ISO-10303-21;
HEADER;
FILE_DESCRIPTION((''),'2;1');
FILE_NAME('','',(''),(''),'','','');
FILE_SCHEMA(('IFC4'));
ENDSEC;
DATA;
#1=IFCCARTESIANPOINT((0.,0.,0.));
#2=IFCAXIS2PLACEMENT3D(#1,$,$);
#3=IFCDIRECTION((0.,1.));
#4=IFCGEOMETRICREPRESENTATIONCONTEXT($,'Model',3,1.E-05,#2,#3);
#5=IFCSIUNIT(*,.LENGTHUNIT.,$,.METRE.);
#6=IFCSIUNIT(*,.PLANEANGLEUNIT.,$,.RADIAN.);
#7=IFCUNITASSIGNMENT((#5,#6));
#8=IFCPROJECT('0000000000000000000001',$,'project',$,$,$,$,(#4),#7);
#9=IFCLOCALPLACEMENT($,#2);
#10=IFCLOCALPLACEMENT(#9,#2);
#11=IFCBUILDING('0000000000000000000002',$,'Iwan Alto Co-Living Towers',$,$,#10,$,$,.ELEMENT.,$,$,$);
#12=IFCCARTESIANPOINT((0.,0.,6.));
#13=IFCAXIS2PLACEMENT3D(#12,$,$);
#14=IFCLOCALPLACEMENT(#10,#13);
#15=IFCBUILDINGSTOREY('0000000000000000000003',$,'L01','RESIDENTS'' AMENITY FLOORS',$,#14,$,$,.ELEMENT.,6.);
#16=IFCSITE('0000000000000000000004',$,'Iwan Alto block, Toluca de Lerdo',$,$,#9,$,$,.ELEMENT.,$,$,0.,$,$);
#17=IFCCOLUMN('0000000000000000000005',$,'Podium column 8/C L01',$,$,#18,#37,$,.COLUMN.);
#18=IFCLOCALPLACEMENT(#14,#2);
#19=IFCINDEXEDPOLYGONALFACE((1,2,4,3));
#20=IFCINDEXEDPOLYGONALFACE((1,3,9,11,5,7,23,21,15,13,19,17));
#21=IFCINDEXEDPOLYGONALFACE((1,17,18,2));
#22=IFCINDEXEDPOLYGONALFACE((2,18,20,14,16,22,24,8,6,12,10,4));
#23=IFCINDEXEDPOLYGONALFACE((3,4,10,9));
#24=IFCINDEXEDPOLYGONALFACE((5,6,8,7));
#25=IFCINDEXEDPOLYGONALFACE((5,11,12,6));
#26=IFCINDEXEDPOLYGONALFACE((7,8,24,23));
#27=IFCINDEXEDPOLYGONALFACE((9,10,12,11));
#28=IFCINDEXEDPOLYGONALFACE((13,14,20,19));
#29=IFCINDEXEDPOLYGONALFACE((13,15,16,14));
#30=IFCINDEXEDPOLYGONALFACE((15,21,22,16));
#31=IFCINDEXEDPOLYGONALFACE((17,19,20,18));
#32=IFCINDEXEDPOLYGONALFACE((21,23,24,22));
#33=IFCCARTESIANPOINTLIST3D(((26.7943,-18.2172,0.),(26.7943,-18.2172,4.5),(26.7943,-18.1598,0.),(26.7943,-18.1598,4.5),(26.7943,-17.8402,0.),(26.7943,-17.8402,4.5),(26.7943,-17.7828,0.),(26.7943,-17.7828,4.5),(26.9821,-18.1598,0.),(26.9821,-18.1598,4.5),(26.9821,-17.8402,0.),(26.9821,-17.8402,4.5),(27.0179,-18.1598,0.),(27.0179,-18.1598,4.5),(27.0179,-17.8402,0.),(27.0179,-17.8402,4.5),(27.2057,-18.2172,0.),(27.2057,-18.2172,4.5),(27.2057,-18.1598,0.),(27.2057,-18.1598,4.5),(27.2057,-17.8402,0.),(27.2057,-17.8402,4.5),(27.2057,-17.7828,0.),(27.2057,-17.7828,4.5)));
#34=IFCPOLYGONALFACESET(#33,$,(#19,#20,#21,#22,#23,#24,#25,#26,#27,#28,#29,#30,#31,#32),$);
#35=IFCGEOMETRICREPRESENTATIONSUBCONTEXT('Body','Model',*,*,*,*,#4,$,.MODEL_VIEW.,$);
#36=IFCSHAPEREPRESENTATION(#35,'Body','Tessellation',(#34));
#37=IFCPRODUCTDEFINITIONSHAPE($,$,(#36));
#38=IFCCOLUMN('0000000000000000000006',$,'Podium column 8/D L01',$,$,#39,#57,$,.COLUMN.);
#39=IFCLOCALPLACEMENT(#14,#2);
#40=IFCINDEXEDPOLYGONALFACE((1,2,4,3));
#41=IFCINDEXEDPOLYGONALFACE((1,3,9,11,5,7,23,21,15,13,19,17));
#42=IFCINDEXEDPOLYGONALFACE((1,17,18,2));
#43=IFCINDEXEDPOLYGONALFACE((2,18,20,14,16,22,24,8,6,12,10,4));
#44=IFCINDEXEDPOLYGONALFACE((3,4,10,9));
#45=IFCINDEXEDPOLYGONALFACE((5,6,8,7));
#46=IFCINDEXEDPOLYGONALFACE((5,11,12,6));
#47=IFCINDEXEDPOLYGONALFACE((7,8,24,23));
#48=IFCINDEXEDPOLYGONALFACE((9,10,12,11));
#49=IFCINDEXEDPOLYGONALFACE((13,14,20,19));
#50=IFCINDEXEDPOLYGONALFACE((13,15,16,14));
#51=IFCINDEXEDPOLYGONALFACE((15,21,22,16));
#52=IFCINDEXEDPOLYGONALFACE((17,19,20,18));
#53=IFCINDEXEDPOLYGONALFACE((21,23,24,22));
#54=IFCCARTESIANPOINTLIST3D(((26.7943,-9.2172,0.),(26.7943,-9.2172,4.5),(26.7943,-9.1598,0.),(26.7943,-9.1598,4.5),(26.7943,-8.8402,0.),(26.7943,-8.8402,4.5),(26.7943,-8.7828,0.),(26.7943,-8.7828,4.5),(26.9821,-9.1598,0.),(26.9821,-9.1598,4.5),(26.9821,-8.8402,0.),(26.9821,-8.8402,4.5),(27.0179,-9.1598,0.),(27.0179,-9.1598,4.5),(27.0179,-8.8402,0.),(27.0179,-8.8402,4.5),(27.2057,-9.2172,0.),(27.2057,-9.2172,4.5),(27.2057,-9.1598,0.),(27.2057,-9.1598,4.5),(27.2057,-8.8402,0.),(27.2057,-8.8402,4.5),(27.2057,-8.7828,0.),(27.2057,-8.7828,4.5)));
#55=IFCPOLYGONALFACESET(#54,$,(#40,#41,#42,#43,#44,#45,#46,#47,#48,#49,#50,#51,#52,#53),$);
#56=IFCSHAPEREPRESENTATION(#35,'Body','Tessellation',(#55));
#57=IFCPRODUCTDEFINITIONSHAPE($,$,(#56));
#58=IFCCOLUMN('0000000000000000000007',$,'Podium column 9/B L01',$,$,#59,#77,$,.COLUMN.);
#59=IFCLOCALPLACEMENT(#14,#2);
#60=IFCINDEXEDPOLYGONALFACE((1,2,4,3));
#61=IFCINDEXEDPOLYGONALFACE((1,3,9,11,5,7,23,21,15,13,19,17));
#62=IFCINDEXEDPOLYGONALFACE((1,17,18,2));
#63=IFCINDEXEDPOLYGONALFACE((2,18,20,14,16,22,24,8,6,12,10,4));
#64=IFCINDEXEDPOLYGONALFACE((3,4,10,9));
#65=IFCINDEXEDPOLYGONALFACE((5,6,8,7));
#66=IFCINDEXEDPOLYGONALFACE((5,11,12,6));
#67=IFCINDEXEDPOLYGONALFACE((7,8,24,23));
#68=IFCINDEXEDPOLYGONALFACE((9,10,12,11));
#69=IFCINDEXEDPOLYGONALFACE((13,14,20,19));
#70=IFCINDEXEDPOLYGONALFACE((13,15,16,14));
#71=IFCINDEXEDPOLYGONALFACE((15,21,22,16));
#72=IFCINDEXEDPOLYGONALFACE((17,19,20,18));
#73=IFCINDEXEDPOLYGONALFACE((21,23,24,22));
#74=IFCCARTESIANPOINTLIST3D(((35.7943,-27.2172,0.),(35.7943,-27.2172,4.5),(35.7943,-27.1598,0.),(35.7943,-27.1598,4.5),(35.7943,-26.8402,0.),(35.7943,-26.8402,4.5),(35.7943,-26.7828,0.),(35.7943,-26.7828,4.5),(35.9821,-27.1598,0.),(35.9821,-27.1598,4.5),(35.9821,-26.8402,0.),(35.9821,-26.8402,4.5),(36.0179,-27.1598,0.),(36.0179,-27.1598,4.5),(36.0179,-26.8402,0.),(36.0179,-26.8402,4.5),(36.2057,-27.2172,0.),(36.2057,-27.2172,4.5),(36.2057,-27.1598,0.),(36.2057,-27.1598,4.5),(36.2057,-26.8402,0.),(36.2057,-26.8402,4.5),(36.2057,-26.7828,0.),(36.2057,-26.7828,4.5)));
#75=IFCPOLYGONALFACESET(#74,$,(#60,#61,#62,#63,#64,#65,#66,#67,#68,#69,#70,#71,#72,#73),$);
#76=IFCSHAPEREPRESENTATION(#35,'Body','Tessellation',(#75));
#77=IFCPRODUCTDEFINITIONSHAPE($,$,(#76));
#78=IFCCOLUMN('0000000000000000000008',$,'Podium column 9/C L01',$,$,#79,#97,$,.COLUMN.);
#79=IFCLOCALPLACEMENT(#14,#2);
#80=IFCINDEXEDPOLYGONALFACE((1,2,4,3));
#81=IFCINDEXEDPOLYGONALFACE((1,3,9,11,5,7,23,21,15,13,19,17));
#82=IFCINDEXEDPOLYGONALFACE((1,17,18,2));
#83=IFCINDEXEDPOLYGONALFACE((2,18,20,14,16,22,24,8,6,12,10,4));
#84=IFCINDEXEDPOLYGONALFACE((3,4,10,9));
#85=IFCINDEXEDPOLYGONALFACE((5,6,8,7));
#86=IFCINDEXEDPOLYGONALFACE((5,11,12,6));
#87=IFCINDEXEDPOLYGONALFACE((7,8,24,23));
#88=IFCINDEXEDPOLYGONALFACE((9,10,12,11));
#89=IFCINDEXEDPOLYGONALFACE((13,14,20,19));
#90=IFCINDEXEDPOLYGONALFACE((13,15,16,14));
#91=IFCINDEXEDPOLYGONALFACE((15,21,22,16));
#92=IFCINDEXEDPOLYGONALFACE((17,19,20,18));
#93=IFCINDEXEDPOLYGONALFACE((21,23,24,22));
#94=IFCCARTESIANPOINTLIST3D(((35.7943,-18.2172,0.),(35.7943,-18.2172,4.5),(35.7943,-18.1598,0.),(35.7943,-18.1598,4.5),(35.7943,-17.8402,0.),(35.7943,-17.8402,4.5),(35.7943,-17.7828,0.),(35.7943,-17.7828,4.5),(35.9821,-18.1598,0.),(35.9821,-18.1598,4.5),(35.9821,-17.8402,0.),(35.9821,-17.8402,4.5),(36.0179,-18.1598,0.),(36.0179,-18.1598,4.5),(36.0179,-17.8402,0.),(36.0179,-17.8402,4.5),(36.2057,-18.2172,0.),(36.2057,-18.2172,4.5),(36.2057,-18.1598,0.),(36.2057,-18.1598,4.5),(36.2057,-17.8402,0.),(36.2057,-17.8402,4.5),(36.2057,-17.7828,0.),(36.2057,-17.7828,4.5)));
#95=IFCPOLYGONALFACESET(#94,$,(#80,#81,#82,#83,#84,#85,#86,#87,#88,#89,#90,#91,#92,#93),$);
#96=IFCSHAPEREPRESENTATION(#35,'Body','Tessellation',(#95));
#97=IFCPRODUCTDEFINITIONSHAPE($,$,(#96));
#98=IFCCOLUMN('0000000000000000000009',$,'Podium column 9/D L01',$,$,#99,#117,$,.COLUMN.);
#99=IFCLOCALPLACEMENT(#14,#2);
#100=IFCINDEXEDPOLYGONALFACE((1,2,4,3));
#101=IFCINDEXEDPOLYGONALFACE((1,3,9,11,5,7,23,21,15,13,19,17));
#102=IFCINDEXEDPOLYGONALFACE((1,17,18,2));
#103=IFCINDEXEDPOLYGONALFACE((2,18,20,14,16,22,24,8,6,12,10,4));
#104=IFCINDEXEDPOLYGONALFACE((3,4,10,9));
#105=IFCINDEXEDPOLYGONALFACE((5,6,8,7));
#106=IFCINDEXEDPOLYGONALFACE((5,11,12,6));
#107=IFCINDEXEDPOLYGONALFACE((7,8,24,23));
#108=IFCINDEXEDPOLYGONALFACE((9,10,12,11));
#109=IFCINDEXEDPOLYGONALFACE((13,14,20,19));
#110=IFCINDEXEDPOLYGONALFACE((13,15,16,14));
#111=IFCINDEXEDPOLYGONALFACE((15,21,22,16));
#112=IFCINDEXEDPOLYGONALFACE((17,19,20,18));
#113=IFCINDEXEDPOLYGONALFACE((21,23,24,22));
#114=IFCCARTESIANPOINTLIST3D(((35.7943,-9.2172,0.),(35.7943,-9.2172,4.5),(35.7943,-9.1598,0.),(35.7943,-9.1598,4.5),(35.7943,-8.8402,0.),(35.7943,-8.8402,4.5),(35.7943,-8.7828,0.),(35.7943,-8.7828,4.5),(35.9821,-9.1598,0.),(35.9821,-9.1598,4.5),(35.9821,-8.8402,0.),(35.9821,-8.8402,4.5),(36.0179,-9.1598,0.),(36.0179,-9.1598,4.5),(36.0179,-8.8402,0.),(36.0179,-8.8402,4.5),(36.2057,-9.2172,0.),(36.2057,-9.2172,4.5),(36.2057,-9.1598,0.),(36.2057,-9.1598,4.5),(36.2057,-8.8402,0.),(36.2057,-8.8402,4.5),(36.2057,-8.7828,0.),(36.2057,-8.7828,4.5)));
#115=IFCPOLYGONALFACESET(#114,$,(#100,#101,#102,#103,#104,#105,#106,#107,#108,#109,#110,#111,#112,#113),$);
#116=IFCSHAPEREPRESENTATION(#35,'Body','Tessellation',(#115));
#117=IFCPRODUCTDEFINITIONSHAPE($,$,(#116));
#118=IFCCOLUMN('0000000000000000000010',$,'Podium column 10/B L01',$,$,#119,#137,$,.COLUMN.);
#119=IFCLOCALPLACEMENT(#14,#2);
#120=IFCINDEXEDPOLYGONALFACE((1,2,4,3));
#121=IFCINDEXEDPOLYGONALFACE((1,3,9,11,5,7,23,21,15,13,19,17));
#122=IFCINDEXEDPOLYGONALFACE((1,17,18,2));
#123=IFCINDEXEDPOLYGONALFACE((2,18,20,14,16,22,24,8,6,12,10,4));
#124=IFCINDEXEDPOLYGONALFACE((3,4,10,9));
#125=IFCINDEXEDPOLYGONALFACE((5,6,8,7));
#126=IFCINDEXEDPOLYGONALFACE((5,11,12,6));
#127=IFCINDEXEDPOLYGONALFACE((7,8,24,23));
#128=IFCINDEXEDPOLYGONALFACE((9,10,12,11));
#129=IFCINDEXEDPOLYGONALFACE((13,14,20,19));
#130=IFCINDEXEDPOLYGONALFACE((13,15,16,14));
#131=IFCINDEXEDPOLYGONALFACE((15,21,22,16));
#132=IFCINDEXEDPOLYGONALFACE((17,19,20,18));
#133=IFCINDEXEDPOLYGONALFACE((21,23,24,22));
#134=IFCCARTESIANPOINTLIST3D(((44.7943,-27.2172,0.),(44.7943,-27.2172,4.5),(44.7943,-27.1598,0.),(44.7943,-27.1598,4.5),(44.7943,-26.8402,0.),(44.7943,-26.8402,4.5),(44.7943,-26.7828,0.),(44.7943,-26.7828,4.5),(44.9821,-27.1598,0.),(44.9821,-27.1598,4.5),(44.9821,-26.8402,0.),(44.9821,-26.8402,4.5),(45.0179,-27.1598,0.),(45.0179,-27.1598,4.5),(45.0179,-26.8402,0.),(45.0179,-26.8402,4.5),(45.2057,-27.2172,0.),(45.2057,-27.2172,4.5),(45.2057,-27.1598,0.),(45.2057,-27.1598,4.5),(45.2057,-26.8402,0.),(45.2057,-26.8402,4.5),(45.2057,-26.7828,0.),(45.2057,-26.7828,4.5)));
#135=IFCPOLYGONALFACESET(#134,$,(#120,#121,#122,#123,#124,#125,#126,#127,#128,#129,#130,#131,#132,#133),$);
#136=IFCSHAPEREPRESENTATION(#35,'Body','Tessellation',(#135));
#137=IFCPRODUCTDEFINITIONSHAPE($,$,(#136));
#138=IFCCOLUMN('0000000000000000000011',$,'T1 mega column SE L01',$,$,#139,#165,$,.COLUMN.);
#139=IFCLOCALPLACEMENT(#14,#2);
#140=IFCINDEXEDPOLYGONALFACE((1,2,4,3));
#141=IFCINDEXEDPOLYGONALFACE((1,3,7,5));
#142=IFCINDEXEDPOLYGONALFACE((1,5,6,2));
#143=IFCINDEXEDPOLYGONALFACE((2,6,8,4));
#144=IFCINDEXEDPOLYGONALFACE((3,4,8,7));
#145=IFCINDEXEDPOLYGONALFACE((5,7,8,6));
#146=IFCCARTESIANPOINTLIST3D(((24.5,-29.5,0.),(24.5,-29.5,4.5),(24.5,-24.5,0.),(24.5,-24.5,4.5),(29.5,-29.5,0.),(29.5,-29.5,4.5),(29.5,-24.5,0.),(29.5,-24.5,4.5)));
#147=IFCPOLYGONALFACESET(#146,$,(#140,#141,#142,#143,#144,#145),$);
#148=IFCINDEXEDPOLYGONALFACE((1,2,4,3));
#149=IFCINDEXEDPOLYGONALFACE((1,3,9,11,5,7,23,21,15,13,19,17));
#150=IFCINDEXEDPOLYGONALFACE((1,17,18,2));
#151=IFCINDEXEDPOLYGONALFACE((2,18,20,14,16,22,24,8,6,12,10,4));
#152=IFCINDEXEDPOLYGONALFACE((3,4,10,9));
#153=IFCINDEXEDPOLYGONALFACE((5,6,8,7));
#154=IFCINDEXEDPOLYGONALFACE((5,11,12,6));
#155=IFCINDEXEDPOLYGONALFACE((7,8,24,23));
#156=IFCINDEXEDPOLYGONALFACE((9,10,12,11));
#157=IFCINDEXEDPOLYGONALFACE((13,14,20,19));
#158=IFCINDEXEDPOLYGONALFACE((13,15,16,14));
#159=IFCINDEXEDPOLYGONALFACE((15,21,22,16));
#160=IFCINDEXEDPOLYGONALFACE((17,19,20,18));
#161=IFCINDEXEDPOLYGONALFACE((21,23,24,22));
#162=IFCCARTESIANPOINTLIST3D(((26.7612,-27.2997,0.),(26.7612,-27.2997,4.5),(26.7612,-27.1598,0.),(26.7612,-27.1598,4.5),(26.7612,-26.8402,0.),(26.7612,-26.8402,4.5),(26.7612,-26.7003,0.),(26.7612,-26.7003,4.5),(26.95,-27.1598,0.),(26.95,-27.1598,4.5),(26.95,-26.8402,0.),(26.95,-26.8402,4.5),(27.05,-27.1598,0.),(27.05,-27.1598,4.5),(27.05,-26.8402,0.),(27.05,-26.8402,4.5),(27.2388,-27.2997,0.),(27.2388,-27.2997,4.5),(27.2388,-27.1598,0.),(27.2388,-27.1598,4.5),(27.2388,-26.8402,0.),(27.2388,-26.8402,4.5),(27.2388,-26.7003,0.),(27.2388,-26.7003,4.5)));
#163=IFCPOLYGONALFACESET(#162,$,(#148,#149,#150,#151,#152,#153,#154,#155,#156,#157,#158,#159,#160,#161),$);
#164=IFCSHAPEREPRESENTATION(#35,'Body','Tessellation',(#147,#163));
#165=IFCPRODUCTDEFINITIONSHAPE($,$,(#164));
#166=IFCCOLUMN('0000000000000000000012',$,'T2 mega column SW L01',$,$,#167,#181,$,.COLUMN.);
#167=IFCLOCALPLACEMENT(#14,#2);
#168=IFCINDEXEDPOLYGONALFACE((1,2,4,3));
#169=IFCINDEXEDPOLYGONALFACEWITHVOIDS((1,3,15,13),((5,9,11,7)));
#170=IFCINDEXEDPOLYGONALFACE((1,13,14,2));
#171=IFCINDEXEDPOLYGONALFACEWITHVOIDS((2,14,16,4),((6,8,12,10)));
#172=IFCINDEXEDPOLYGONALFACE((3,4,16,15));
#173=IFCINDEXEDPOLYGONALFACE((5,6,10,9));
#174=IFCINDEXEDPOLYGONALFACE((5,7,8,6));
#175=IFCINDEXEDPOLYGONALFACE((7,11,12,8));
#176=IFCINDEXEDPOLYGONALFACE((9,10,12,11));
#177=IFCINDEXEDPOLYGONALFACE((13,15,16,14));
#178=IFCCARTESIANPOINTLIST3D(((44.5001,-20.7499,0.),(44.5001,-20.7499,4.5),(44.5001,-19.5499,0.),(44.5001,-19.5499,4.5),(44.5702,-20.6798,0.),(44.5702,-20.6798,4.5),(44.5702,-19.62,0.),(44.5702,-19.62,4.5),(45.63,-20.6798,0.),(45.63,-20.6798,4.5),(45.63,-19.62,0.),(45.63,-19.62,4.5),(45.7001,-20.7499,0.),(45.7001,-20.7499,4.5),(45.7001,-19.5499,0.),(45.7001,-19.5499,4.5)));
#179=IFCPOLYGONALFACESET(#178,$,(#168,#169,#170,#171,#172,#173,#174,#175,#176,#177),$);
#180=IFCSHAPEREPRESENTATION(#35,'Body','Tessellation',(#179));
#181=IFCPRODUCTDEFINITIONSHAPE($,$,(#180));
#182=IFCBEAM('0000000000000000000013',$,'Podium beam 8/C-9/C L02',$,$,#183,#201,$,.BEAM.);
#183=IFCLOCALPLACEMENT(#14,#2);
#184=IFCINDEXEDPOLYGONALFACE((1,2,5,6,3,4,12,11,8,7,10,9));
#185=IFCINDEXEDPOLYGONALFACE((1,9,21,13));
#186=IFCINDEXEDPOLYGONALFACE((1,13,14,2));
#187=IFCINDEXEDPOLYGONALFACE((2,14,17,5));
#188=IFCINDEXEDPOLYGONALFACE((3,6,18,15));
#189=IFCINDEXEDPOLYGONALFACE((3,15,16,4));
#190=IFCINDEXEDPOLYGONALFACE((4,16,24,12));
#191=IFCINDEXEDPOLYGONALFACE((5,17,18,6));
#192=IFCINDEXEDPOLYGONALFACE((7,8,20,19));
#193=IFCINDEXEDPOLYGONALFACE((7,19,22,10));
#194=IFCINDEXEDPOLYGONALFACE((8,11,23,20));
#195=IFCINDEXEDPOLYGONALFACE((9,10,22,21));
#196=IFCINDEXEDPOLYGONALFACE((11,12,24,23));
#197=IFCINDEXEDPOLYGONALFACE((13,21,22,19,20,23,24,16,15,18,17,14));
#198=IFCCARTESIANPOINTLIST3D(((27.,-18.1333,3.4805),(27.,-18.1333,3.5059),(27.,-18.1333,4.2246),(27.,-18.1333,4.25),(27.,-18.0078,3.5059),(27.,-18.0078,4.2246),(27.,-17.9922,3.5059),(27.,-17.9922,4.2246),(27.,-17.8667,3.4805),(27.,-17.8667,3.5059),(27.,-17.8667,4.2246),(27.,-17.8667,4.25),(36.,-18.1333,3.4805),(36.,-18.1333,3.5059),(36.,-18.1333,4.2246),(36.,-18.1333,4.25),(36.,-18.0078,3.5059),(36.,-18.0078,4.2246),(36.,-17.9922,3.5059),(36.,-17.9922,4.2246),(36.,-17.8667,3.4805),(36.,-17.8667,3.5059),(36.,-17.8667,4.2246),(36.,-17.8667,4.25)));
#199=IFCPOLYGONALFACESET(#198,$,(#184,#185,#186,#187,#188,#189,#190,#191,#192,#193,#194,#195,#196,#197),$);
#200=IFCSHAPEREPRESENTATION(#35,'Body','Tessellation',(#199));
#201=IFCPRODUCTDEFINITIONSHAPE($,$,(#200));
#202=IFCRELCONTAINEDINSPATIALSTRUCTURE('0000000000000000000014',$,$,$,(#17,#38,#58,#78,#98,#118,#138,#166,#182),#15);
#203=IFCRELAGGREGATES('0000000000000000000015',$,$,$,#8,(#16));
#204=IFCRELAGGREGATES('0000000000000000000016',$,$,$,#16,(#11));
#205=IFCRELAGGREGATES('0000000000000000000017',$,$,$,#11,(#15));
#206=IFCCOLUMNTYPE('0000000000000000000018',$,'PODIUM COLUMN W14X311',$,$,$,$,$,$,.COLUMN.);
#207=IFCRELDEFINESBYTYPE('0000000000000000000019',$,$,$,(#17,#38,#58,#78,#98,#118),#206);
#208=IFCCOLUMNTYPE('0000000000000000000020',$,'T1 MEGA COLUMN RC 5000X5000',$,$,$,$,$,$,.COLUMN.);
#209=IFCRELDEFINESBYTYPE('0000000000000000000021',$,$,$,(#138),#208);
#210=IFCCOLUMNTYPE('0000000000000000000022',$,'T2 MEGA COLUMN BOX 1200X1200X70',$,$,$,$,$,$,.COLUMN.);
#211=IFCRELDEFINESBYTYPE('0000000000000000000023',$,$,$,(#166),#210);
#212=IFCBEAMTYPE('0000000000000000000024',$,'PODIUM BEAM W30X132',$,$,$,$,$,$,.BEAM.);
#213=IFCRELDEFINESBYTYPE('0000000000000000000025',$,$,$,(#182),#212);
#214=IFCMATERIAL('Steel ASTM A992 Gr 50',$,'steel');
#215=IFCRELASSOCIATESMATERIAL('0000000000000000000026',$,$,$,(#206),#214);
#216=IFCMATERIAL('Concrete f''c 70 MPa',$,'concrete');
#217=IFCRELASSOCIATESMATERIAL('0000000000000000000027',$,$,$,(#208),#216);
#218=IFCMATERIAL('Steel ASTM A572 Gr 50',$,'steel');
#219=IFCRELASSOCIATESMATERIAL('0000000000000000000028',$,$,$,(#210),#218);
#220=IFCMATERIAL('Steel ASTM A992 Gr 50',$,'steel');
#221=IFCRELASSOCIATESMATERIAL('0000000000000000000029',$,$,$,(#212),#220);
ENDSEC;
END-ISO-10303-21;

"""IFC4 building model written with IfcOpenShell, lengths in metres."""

from ifc_helpers import new_model, si_unit, direction, frame, origin, origin_2d, place, context, subcontext, project, spatial, rectangle, hollow_rectangle, i_section, extrude, material, material_profile, profile_set, type_object, element, save


model = new_model("IFC4")

# Units and contexts
model_context = context("Model", 3, precision=1e-05, world=origin(), true_north=direction((0.0, 1.0)))
body_context = subcontext(model_context, "Body", "Model", "MODEL_VIEW")
ifc_project = project(units=[si_unit("LENGTHUNIT", "METRE"), si_unit("PLANEANGLEUNIT", "RADIAN")], contexts=[model_context])

# Site, building, storey
site_placement = place(None, origin())
site = spatial("IfcSite", under=ifc_project, at=site_placement, Name="Iwan Alto block, Toluca de Lerdo", CompositionType="ELEMENT", RefElevation=0.0)
building_placement = place(site_placement, origin())
building = spatial("IfcBuilding", under=site, at=building_placement, Name="Iwan Alto Co-Living Towers", CompositionType="ELEMENT")
storey_placement = place(building_placement, frame((0.0, 0.0, 6.0)))
storey = spatial("IfcBuildingStorey", under=building, at=storey_placement, Name="L01", Description="RESIDENTS' AMENITY FLOORS", CompositionType="ELEMENT", Elevation=6.0)

# Columns
ifc_material_1 = material(Name="Steel ASTM A992 Gr 50", Category="steel")
ifc_material_profile_1 = material_profile(ifc_material_1, i_section(OverallWidth=0.4114, OverallDepth=0.4343, WebThickness=0.0359, FlangeThickness=0.0574, at=origin_2d()), Name="W14X311")
ifc_profile_set_1 = profile_set([ifc_material_profile_1], Name="Steel ASTM A992 Gr 50")
column_type_1 = type_object("IfcColumnType", Name="PODIUM COLUMN W14X311", PredefinedType="COLUMN", material=ifc_profile_set_1)
for number, where, z_axis, x_axis, name in (
    (1, (27.0, -18.0, 0.0), (0.0, 0.0, 1.0), (1.0, 0.0, 0.0), "Podium column 8/C L01"),
    (2, (27.0, -9.0, 0.0), (0.0, 0.0, 1.0), (1.0, 0.0, 0.0), "Podium column 8/D L01"),
    (3, (36.0, -27.0, 0.0), (0.0, 0.0, 1.0), (1.0, 0.0, 0.0), "Podium column 9/B L01"),
    (4, (36.0, -18.0, 0.0), (0.0, 0.0, 1.0), (1.0, 0.0, 0.0), "Podium column 9/C L01"),
    (5, (36.0, -9.0, 0.0), (0.0, 0.0, 1.0), (1.0, 0.0, 0.0), "Podium column 9/D L01"),
    (6, (45.0, -27.0, 0.0), (0.0, 0.0, 1.0), (1.0, 0.0, 0.0), "Podium column 10/B L01"),
):
    element("IfcColumn", number, at=place(storey_placement, frame(where, z_axis=z_axis, x_axis=x_axis)), inside=storey, type_object=column_type_1, Name=name, PredefinedType="COLUMN", context=body_context, shape_type="SweptSolid", body=[
        extrude(i_section(OverallWidth=0.4114, OverallDepth=0.4343, WebThickness=0.0359, FlangeThickness=0.0574, at=origin_2d()), origin(), (0.0, 0.0, 1.0), 4.5),
    ])
ifc_material_2 = material(Name="Concrete f'c 70 MPa", Category="concrete")
ifc_material_profile_2 = material_profile(ifc_material_2, rectangle(XDim=5.0, YDim=5.0, at=origin_2d()), Name="RC 5000X5000")
ifc_profile_set_2 = profile_set([ifc_material_profile_2], Name="Concrete f'c 70 MPa")
column_type_2 = type_object("IfcColumnType", Name="T1 MEGA COLUMN RC 5000X5000", PredefinedType="COLUMN", material=ifc_profile_set_2)
column_1_placement = place(storey_placement, frame((27.0, -27.0, 0.0), z_axis=(0.0, 0.0, 1.0), x_axis=(1.0, 0.0, 0.0)))
element("IfcColumn", 7, at=column_1_placement, inside=storey, type_object=column_type_2, Name="T1 mega column SE L01", PredefinedType="COLUMN", context=body_context, shape_type="SweptSolid", body=[
    extrude(rectangle(XDim=5.0, YDim=5.0, at=origin_2d()), origin(), (0.0, 0.0, 1.0), 4.5),
    extrude(i_section(OverallWidth=0.4775, OverallDepth=0.5994, WebThickness=0.1001, FlangeThickness=0.1399, at=origin_2d()), origin(), (0.0, 0.0, 1.0), 4.5),
])
ifc_material_3 = material(Name="Steel ASTM A572 Gr 50", Category="steel")
ifc_material_profile_3 = material_profile(ifc_material_3, hollow_rectangle(XDim=1.2, YDim=1.2, WallThickness=0.0701, at=origin_2d()), Name="BOX 1200X1200X70")
ifc_profile_set_3 = profile_set([ifc_material_profile_3], Name="Steel ASTM A572 Gr 50")
column_type_3 = type_object("IfcColumnType", Name="T2 MEGA COLUMN BOX 1200X1200X70", PredefinedType="COLUMN", material=ifc_profile_set_3)
column_2_placement = place(storey_placement, frame((45.1001, -20.1499, 0.0), z_axis=(0.0, 0.0, 1.0), x_axis=(1.0, 0.0, 0.0)))
element("IfcColumn", 8, at=column_2_placement, inside=storey, type_object=column_type_3, Name="T2 mega column SW L01", PredefinedType="COLUMN", context=body_context, shape_type="SweptSolid", body=[
    extrude(hollow_rectangle(XDim=1.2, YDim=1.2, WallThickness=0.0701, at=origin_2d()), origin(), (0.0, 0.0, 1.0), 4.5),
])

# Beam
ifc_material_4 = material(Name="Steel ASTM A992 Gr 50", Category="steel")
ifc_material_profile_4 = material_profile(ifc_material_4, i_section(OverallWidth=0.2666, OverallDepth=0.7695, WebThickness=0.0156, FlangeThickness=0.0254, at=origin_2d()), Name="W30X132")
ifc_profile_set_4 = profile_set([ifc_material_profile_4], Name="Steel ASTM A992 Gr 50")
beam_type_1 = type_object("IfcBeamType", Name="PODIUM BEAM W30X132", PredefinedType="BEAM", material=ifc_profile_set_4)
for number, where, z_axis, x_axis, name in (
    (9, (27.0, -18.0, 3.8652), (1.0, 0.0, 0.0), (0.0, 1.0, 0.0), "Podium beam 8/C-9/C L02"),
):
    element("IfcBeam", number, at=place(storey_placement, frame(where, z_axis=z_axis, x_axis=x_axis)), inside=storey, type_object=beam_type_1, Name=name, PredefinedType="BEAM", context=body_context, shape_type="SweptSolid", body=[
        extrude(i_section(OverallWidth=0.2666, OverallDepth=0.7695, WebThickness=0.0156, FlangeThickness=0.0254, at=origin_2d()), origin(), (0.0, 0.0, 1.0), 9.0),
    ])

save(model, "model.ifc")
